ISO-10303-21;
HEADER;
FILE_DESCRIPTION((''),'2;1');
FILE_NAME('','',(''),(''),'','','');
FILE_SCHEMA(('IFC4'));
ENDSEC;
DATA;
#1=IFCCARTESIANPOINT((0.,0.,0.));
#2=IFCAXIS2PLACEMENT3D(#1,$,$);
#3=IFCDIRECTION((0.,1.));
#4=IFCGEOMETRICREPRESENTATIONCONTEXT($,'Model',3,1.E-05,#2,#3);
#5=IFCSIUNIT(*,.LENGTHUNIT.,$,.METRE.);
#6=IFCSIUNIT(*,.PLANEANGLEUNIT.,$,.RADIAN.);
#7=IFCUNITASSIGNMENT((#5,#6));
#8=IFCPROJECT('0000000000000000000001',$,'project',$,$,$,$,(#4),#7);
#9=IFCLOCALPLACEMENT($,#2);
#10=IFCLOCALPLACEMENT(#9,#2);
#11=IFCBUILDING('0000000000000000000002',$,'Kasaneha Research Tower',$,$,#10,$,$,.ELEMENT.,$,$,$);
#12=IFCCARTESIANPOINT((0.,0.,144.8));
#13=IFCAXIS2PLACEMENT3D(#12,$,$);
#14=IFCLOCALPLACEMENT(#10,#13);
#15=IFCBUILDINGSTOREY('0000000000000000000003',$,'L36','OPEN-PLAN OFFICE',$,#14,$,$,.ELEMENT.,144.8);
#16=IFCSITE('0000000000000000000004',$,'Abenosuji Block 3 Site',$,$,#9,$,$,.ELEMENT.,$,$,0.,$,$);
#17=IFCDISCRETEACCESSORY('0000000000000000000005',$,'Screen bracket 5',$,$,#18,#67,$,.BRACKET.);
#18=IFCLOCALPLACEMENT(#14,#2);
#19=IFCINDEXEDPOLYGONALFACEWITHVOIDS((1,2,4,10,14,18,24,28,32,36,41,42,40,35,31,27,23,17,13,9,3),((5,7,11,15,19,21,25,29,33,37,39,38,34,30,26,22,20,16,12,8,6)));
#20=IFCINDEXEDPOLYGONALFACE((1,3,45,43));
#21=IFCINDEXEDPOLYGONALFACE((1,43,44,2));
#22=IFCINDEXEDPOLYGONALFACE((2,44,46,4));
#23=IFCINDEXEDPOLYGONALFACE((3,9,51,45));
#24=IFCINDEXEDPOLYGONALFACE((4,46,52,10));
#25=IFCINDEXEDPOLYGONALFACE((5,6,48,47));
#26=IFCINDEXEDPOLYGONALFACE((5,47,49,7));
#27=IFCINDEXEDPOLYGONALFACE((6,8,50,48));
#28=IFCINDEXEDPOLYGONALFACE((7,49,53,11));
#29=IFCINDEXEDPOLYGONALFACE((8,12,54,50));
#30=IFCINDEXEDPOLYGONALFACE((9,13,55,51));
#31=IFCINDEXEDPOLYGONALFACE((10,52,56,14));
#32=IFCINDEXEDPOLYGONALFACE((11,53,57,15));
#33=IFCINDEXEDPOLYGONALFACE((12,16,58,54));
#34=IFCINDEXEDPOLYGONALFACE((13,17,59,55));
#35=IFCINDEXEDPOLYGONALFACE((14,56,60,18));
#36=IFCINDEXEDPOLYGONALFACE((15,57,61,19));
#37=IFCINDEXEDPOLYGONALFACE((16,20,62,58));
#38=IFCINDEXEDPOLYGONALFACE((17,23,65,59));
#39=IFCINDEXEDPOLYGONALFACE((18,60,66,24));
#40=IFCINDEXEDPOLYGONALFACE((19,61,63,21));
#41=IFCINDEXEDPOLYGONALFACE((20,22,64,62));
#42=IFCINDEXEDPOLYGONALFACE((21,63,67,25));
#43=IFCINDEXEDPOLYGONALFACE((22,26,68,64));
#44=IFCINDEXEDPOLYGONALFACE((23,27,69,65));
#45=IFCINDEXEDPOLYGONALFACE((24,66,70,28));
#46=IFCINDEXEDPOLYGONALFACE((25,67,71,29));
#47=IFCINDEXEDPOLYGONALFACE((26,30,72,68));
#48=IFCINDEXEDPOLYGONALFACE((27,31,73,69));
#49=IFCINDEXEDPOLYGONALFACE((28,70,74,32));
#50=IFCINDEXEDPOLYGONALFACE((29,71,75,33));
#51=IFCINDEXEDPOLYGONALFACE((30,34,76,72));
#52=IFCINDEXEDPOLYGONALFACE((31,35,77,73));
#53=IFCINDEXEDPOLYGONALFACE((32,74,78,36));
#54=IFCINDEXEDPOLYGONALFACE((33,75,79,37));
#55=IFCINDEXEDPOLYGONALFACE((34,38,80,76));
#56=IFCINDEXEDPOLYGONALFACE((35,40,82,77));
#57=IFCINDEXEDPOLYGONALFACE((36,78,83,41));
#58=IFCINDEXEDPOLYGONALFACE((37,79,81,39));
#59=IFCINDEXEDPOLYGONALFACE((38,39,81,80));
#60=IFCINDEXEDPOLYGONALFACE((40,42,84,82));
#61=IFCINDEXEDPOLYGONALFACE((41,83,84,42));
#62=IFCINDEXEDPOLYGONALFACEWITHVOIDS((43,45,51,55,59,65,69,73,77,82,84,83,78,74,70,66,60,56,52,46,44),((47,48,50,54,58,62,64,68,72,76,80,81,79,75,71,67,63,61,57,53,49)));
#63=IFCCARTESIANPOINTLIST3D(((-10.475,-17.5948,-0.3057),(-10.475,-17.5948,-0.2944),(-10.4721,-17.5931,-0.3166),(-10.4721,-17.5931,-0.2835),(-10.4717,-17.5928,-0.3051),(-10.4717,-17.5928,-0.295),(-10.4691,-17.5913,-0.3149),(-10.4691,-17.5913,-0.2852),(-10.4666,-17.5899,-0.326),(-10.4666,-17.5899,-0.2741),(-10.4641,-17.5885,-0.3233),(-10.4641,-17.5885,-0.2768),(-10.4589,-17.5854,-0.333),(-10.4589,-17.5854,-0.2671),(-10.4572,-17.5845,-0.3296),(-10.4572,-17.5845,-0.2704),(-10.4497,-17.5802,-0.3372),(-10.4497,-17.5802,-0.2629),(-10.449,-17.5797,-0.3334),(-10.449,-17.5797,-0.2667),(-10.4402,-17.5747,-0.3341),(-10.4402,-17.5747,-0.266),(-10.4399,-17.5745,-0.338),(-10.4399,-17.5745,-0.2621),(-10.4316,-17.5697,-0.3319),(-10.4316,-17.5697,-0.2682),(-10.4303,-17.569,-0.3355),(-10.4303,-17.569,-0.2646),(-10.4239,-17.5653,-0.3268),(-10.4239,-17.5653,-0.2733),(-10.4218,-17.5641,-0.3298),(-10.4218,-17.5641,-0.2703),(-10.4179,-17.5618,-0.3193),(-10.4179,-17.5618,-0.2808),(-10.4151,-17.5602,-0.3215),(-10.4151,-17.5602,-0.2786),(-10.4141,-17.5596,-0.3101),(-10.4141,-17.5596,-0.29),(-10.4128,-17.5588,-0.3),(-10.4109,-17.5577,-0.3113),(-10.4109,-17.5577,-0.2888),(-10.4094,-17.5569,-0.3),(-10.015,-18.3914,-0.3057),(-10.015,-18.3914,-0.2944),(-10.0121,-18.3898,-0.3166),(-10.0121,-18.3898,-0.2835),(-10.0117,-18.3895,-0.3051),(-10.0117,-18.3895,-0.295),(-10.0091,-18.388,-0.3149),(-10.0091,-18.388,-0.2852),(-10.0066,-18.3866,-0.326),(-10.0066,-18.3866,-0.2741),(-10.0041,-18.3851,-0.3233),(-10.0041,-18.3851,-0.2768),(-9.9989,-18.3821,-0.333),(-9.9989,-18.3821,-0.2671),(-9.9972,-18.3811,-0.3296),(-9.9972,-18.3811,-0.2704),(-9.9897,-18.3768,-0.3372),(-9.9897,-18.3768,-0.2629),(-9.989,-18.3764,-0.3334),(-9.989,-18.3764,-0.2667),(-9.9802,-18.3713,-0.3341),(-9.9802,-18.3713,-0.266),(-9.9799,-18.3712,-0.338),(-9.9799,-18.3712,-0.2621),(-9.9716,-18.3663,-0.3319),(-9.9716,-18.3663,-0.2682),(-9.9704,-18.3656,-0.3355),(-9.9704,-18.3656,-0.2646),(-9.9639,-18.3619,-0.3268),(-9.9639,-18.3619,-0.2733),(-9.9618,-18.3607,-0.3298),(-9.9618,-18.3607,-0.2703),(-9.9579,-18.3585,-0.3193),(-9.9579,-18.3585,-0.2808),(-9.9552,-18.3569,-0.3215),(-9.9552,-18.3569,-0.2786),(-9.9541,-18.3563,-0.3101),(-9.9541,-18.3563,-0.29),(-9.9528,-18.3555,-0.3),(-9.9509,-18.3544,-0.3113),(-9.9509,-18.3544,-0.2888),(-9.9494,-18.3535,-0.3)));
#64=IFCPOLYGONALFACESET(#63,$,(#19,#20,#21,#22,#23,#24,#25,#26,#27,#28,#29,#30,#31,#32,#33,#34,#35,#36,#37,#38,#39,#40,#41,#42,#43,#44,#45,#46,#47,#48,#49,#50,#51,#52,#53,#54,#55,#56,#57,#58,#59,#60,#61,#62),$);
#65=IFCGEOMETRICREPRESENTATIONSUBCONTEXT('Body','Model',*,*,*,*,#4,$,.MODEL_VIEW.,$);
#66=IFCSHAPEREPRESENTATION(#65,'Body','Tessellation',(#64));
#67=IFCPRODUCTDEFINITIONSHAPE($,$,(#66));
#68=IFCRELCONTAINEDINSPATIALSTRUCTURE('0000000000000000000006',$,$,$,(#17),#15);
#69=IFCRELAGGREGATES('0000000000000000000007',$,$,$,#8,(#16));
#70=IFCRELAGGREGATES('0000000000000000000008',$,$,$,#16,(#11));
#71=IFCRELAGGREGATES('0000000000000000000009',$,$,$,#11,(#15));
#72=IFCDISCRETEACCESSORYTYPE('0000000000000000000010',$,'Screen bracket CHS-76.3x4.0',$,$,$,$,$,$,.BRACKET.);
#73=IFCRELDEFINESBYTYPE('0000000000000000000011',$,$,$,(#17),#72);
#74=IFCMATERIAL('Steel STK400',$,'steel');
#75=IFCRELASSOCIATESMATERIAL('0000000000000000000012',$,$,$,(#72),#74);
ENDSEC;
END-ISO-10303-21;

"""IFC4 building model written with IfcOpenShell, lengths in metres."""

from ifc_helpers import new_model, si_unit, direction, frame, origin, origin_2d, place, context, subcontext, project, spatial, hollow_circle, extrude, material, material_profile, profile_set, type_object, element, save


model = new_model("IFC4")

# Units and contexts
model_context = context("Model", 3, precision=1e-05, world=origin(), true_north=direction((0.0, 1.0)))
body_context = subcontext(model_context, "Body", "Model", "MODEL_VIEW")
ifc_project = project(units=[si_unit("LENGTHUNIT", "METRE"), si_unit("PLANEANGLEUNIT", "RADIAN")], contexts=[model_context])

# Site, building, storey
site_placement = place(None, origin())
site = spatial("IfcSite", under=ifc_project, at=site_placement, Name="Abenosuji Block 3 Site", CompositionType="ELEMENT", RefElevation=0.0)
building_placement = place(site_placement, origin())
building = spatial("IfcBuilding", under=site, at=building_placement, Name="Kasaneha Research Tower", CompositionType="ELEMENT")
storey_placement = place(building_placement, frame((0.0, 0.0, 144.8)))
storey = spatial("IfcBuildingStorey", under=building, at=storey_placement, Name="L36", Description="OPEN-PLAN OFFICE", CompositionType="ELEMENT", Elevation=144.8)

# Discrete accessory
ifc_material_1 = material(Name="Steel STK400", Category="steel")
ifc_material_profile_1 = material_profile(ifc_material_1, hollow_circle(Radius=0.0381, WallThickness=0.0039, at=origin_2d()), Name="CHS-76.3x4.0")
ifc_profile_set_1 = profile_set([ifc_material_profile_1], Name="Steel STK400")
discrete_accessory_type = type_object("IfcDiscreteAccessoryType", Name="Screen bracket CHS-76.3x4.0", PredefinedType="BRACKET", material=ifc_profile_set_1)
discrete_accessory_1_placement = place(storey_placement, frame((-10.4424, -17.5759, -0.3), z_axis=(0.500021, -0.866013, 0.0), x_axis=(0.866013, 0.500021, 0.0)))
element("IfcDiscreteAccessory", 1, at=discrete_accessory_1_placement, inside=storey, type_object=discrete_accessory_type, Name="Screen bracket 5", PredefinedType="BRACKET", context=body_context, shape_type="SweptSolid", body=[
    extrude(hollow_circle(Radius=0.0381, WallThickness=0.0039, at=origin_2d()), origin(), (0.0, 0.0, 1.0), 0.9199),
])

save(model, "model.ifc")
